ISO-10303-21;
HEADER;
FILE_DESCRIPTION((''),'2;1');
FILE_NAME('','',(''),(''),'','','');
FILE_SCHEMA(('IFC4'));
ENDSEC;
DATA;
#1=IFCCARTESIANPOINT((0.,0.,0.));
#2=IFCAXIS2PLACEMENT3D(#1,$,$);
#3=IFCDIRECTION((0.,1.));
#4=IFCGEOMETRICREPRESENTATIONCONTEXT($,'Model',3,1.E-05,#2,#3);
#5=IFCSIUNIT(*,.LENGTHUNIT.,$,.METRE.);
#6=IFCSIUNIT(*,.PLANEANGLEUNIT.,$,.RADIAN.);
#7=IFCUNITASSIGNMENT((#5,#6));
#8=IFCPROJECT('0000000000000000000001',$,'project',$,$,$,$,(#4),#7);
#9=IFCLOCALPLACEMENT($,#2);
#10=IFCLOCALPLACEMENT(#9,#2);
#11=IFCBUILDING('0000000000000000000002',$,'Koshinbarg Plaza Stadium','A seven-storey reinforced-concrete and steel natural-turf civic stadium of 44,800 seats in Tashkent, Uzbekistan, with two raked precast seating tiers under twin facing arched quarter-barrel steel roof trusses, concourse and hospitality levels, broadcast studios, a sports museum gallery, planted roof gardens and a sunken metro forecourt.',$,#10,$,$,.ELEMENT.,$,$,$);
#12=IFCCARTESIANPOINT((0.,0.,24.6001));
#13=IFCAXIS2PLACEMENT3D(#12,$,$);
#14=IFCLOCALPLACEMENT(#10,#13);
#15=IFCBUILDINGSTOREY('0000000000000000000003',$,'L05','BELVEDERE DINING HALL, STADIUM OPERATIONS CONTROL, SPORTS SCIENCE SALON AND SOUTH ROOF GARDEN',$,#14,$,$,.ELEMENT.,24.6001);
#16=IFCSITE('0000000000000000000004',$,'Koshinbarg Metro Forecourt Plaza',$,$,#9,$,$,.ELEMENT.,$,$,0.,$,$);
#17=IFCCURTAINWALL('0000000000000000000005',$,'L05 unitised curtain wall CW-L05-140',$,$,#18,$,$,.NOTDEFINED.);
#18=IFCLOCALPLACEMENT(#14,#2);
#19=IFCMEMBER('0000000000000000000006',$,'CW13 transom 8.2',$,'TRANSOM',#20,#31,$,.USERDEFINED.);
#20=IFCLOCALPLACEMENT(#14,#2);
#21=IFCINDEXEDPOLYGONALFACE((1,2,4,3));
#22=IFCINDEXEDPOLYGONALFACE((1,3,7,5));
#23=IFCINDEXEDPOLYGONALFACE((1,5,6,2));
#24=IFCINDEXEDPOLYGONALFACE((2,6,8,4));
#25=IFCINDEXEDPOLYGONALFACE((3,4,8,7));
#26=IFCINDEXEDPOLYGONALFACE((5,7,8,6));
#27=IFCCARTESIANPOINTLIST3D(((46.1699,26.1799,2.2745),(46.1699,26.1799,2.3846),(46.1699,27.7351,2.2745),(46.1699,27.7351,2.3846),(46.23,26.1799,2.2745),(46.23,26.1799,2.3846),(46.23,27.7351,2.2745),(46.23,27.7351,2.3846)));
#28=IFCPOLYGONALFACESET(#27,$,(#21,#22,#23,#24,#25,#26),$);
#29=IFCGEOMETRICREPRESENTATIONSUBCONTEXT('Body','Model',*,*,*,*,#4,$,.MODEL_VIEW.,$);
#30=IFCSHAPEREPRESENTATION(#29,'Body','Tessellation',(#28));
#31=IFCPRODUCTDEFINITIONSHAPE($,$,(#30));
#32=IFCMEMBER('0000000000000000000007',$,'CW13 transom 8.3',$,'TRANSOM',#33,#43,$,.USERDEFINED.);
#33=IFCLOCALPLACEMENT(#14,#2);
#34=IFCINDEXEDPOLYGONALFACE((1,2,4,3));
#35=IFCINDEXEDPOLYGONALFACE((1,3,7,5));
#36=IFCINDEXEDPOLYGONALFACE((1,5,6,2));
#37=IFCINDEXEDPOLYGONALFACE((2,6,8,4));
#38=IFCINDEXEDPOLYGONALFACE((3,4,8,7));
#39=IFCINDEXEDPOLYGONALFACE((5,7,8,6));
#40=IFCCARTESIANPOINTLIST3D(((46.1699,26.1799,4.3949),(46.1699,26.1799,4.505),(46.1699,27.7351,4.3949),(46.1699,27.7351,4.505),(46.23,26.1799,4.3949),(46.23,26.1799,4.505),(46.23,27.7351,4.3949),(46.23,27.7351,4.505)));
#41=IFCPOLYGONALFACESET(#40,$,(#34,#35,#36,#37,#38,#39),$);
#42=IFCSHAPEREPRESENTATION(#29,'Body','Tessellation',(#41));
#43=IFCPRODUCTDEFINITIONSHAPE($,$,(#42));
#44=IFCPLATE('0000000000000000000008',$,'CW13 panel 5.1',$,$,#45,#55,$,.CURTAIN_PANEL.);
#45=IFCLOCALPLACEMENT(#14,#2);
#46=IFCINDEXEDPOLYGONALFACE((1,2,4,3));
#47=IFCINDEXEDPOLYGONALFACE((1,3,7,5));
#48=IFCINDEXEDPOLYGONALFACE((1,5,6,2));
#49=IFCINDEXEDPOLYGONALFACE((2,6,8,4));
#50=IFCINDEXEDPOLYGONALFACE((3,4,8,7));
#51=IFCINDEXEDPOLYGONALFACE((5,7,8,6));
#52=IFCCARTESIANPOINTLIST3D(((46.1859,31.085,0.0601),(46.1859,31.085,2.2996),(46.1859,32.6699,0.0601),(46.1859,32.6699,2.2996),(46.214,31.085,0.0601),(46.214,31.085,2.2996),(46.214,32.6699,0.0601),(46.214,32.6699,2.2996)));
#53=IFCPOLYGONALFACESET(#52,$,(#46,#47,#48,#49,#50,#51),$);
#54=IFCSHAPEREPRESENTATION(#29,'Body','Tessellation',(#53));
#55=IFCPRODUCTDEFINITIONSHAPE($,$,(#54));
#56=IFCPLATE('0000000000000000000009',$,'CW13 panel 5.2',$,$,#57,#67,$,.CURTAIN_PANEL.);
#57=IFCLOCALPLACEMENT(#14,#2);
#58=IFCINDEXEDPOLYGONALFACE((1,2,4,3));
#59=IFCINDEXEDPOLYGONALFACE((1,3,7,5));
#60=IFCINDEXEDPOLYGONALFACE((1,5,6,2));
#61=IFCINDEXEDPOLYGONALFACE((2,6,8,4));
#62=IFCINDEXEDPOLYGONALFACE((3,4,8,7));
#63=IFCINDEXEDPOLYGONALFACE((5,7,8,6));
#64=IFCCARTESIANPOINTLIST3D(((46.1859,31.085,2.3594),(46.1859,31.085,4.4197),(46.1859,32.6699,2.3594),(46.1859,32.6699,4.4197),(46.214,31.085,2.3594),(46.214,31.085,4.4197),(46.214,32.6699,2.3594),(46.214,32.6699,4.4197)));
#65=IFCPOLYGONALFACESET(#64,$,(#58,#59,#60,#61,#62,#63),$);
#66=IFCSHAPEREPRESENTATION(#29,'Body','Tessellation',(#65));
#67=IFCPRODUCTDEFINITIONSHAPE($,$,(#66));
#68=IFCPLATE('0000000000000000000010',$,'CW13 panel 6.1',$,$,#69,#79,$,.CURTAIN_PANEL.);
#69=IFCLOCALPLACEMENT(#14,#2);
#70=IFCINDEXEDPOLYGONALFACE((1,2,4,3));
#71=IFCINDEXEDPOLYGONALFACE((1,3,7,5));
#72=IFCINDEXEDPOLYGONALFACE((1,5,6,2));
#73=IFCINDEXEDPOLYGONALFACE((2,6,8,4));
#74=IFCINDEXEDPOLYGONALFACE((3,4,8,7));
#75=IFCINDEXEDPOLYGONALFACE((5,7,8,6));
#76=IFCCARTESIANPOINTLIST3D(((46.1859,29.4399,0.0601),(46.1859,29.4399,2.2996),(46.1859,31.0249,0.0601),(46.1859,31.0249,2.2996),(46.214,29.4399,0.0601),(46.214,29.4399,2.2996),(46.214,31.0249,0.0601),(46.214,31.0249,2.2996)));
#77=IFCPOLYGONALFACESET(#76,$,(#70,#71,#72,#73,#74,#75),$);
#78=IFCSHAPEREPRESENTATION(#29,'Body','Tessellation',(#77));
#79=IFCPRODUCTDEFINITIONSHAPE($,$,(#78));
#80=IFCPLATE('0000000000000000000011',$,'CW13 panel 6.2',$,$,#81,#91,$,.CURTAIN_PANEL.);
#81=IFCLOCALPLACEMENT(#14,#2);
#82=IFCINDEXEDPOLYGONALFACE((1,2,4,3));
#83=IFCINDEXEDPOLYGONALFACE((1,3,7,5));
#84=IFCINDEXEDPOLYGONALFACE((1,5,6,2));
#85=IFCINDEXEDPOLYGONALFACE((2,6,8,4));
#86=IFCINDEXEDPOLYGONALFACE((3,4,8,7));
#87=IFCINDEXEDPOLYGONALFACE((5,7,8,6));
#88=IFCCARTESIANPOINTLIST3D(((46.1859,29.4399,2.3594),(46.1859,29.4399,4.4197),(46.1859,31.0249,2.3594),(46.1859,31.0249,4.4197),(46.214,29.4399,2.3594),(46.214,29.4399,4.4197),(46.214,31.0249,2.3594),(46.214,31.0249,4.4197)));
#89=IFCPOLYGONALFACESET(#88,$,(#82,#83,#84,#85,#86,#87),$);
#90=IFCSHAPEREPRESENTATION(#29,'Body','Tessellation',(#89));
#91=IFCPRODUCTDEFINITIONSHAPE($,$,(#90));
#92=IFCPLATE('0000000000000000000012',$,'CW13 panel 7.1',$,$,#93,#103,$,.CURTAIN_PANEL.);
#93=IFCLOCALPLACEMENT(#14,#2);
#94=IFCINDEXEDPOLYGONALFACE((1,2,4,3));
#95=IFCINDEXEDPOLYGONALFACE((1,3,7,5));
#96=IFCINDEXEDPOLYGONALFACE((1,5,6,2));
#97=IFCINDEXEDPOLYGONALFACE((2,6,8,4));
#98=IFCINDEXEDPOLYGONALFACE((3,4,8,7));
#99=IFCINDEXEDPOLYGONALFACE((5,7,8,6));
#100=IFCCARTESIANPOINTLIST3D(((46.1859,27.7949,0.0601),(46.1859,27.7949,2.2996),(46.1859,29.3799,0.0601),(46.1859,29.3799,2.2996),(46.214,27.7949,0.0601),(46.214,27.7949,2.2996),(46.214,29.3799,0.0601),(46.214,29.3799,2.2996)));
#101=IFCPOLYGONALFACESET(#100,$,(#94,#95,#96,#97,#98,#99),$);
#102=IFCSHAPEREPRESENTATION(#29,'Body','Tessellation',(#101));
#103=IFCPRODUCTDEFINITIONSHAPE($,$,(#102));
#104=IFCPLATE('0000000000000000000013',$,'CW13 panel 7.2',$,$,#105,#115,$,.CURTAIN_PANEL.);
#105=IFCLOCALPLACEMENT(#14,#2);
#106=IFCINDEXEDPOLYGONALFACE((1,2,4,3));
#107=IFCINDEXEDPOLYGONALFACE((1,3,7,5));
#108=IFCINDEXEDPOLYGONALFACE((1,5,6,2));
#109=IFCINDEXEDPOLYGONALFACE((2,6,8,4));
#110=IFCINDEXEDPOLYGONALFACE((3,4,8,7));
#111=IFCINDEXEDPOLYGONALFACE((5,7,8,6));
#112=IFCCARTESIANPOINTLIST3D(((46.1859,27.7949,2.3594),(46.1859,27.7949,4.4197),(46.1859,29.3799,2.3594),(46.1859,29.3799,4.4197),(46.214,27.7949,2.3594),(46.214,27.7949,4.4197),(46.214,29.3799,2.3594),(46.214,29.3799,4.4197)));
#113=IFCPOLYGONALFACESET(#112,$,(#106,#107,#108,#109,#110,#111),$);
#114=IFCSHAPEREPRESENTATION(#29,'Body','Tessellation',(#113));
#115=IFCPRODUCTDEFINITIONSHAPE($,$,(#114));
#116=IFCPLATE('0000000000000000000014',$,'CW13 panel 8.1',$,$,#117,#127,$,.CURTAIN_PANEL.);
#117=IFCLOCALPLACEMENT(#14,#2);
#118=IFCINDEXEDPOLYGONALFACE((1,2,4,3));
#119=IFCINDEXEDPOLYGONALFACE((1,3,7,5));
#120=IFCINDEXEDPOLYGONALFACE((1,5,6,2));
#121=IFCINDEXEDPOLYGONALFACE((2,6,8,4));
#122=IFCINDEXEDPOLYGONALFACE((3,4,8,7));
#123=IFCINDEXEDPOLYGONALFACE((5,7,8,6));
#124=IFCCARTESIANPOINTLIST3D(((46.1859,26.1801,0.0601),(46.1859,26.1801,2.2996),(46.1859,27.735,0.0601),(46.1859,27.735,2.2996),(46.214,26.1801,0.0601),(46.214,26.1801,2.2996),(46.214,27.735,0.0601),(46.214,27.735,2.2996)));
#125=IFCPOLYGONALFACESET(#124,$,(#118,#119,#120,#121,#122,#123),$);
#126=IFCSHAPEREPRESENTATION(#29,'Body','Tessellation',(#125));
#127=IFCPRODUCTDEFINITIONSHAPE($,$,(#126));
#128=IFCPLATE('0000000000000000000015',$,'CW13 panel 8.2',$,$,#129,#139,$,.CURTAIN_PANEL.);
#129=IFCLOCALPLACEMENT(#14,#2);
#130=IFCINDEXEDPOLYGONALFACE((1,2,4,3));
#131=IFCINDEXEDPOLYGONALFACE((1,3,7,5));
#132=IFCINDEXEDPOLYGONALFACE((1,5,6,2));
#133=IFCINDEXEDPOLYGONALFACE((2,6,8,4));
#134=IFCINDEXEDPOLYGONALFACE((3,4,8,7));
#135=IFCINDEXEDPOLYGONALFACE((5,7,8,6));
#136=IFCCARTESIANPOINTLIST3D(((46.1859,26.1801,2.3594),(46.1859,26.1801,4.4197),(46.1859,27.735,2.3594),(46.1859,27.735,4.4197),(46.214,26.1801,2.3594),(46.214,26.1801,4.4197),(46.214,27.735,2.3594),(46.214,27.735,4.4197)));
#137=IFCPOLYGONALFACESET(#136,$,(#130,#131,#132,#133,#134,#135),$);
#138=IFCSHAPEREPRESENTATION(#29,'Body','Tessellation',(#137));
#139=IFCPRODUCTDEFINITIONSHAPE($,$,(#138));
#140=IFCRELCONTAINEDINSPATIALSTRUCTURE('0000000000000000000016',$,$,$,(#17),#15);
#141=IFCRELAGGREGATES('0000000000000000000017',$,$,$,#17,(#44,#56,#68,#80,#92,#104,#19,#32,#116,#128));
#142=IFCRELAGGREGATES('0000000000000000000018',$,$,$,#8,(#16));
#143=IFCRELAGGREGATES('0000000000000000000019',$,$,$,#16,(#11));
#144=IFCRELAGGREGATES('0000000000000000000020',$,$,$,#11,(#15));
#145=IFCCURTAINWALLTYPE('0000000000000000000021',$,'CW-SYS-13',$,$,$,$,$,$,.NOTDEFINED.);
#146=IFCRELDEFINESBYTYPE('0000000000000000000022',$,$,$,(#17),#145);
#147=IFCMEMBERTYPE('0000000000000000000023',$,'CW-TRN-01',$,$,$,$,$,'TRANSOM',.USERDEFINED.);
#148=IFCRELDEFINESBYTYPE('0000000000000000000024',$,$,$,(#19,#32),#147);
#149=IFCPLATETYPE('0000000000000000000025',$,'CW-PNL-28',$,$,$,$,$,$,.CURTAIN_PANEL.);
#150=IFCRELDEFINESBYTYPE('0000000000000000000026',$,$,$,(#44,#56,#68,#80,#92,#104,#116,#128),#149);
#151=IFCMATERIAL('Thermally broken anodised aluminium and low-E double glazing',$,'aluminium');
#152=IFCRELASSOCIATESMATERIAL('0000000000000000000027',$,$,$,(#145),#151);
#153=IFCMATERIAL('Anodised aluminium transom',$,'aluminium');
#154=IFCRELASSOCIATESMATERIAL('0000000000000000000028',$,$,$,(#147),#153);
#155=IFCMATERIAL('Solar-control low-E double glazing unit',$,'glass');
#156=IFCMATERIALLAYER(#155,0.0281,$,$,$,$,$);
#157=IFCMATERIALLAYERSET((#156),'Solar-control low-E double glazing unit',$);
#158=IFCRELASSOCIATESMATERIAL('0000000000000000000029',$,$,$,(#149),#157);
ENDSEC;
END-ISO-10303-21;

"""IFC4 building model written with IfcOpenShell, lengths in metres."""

from ifc_helpers import new_model, si_unit, direction, frame, origin, origin_2d, place, context, subcontext, project, spatial, rectangle, extrude, material, layer, layer_set, material_profile, profile_set, type_object, element, aggregate, save


model = new_model("IFC4")

# Units and contexts
model_context = context("Model", 3, precision=1e-05, world=origin(), true_north=direction((0.0, 1.0)))
body_context = subcontext(model_context, "Body", "Model", "MODEL_VIEW")
ifc_project = project(units=[si_unit("LENGTHUNIT", "METRE"), si_unit("PLANEANGLEUNIT", "RADIAN")], contexts=[model_context])

# Site, building, storey
site_placement = place(None, origin())
site = spatial("IfcSite", under=ifc_project, at=site_placement, Name="Koshinbarg Metro Forecourt Plaza", CompositionType="ELEMENT", RefElevation=0.0)
building_placement = place(site_placement, origin())
building = spatial("IfcBuilding", under=site, at=building_placement, Name="Koshinbarg Plaza Stadium", Description="A seven-storey reinforced-concrete and steel natural-turf civic stadium of 44,800 seats in Tashkent, Uzbekistan, with two raked precast seating tiers under twin facing arched quarter-barrel steel roof trusses, concourse and hospitality levels, broadcast studios, a sports museum gallery, planted roof gardens and a sunken metro forecourt.", CompositionType="ELEMENT")
storey_placement = place(building_placement, frame((0.0, 0.0, 24.6001)))
storey = spatial("IfcBuildingStorey", under=building, at=storey_placement, Name="L05", Description="BELVEDERE DINING HALL, STADIUM OPERATIONS CONTROL, SPORTS SCIENCE SALON AND SOUTH ROOF GARDEN", CompositionType="ELEMENT", Elevation=24.6001)

# Curtain wall, members, plates
ifc_material_1 = material(Name="Thermally broken anodised aluminium and low-E double glazing", Category="aluminium")
curtain_wall_type = type_object("IfcCurtainWallType", Name="CW-SYS-13", PredefinedType="NOTDEFINED", material=ifc_material_1)
curtain_wall_placement = place(storey_placement, origin())
curtain_wall = element("IfcCurtainWall", 1, at=curtain_wall_placement, inside=storey, type_object=curtain_wall_type, Name="L05 unitised curtain wall CW-L05-140", PredefinedType="NOTDEFINED")
ifc_material_2 = material(Name="Anodised aluminium transom", Category="aluminium")
ifc_material_profile_1 = material_profile(ifc_material_2, rectangle(XDim=0.0601, YDim=0.1101, at=origin_2d()), Name="ALU 60x110")
ifc_profile_set_1 = profile_set([ifc_material_profile_1], Name="Anodised aluminium transom")
member_type = type_object("IfcMemberType", Name="CW-TRN-01", ElementType="TRANSOM", PredefinedType="USERDEFINED", material=ifc_profile_set_1)
member_1_placement = place(storey_placement, frame((46.2, 27.7351, 2.3296), z_axis=(0.0, -1.0, 0.0), x_axis=(1.0, 0.0, 0.0)))
member_1 = element("IfcMember", 2, at=member_1_placement, type_object=member_type, Name="CW13 transom 8.2", ObjectType="TRANSOM", PredefinedType="USERDEFINED", context=body_context, shape_type="SweptSolid", body=[
    extrude(rectangle(XDim=0.0601, YDim=0.1101, at=origin_2d()), origin(), (0.0, 0.0, 1.0), 1.5552),
])
member_2_placement = place(storey_placement, frame((46.2, 27.7351, 4.45), z_axis=(0.0, -1.0, 0.0), x_axis=(1.0, 0.0, 0.0)))
member_2 = element("IfcMember", 3, at=member_2_placement, type_object=member_type, Name="CW13 transom 8.3", ObjectType="TRANSOM", PredefinedType="USERDEFINED", context=body_context, shape_type="SweptSolid", body=[
    extrude(rectangle(XDim=0.0601, YDim=0.1101, at=origin_2d()), origin(), (0.0, 0.0, 1.0), 1.5552),
])
ifc_material_3 = material(Name="Solar-control low-E double glazing unit", Category="glass")
ifc_layer = layer(ifc_material_3, 0.0281)
ifc_layer_set = layer_set([ifc_layer], Name="Solar-control low-E double glazing unit")
plate_type = type_object("IfcPlateType", Name="CW-PNL-28", PredefinedType="CURTAIN_PANEL", material=ifc_layer_set)
plate_1_placement = place(storey_placement, frame((46.2, 31.8774, 0.0601), z_axis=(0.0, 0.0, 1.0), x_axis=(0.0, -1.0, 0.0)))
plate_1 = element("IfcPlate", 4, at=plate_1_placement, type_object=plate_type, Name="CW13 panel 5.1", PredefinedType="CURTAIN_PANEL", context=body_context, shape_type="SweptSolid", body=[
    extrude(rectangle(XDim=1.585, YDim=0.0281, at=origin_2d()), origin(), (0.0, 0.0, 1.0), 2.2395),
])
plate_2_placement = place(storey_placement, frame((46.2, 31.8774, 2.3594), z_axis=(0.0, 0.0, 1.0), x_axis=(0.0, -1.0, 0.0)))
plate_2 = element("IfcPlate", 5, at=plate_2_placement, type_object=plate_type, Name="CW13 panel 5.2", PredefinedType="CURTAIN_PANEL", context=body_context, shape_type="SweptSolid", body=[
    extrude(rectangle(XDim=1.585, YDim=0.0281, at=origin_2d()), origin(), (0.0, 0.0, 1.0), 2.0603),
])
plate_3_placement = place(storey_placement, frame((46.2, 30.2324, 0.0601), z_axis=(0.0, 0.0, 1.0), x_axis=(0.0, -1.0, 0.0)))
plate_3 = element("IfcPlate", 6, at=plate_3_placement, type_object=plate_type, Name="CW13 panel 6.1", PredefinedType="CURTAIN_PANEL", context=body_context, shape_type="SweptSolid", body=[
    extrude(rectangle(XDim=1.585, YDim=0.0281, at=origin_2d()), origin(), (0.0, 0.0, 1.0), 2.2395),
])
plate_4_placement = place(storey_placement, frame((46.2, 30.2324, 2.3594), z_axis=(0.0, 0.0, 1.0), x_axis=(0.0, -1.0, 0.0)))
plate_4 = element("IfcPlate", 7, at=plate_4_placement, type_object=plate_type, Name="CW13 panel 6.2", PredefinedType="CURTAIN_PANEL", context=body_context, shape_type="SweptSolid", body=[
    extrude(rectangle(XDim=1.585, YDim=0.0281, at=origin_2d()), origin(), (0.0, 0.0, 1.0), 2.0603),
])
plate_5_placement = place(storey_placement, frame((46.2, 28.5874, 0.0601), z_axis=(0.0, 0.0, 1.0), x_axis=(0.0, -1.0, 0.0)))
plate_5 = element("IfcPlate", 8, at=plate_5_placement, type_object=plate_type, Name="CW13 panel 7.1", PredefinedType="CURTAIN_PANEL", context=body_context, shape_type="SweptSolid", body=[
    extrude(rectangle(XDim=1.585, YDim=0.0281, at=origin_2d()), origin(), (0.0, 0.0, 1.0), 2.2395),
])
plate_6_placement = place(storey_placement, frame((46.2, 28.5874, 2.3594), z_axis=(0.0, 0.0, 1.0), x_axis=(0.0, -1.0, 0.0)))
plate_6 = element("IfcPlate", 9, at=plate_6_placement, type_object=plate_type, Name="CW13 panel 7.2", PredefinedType="CURTAIN_PANEL", context=body_context, shape_type="SweptSolid", body=[
    extrude(rectangle(XDim=1.585, YDim=0.0281, at=origin_2d()), origin(), (0.0, 0.0, 1.0), 2.0603),
])
plate_7_placement = place(storey_placement, frame((46.2, 26.9575, 0.0601), z_axis=(0.0, 0.0, 1.0), x_axis=(0.0, -1.0, 0.0)))
plate_7 = element("IfcPlate", 10, at=plate_7_placement, type_object=plate_type, Name="CW13 panel 8.1", PredefinedType="CURTAIN_PANEL", context=body_context, shape_type="SweptSolid", body=[
    extrude(rectangle(XDim=1.5549, YDim=0.0281, at=origin_2d()), origin(), (0.0, 0.0, 1.0), 2.2395),
])
plate_8_placement = place(storey_placement, frame((46.2, 26.9575, 2.3594), z_axis=(0.0, 0.0, 1.0), x_axis=(0.0, -1.0, 0.0)))
plate_8 = element("IfcPlate", 11, at=plate_8_placement, type_object=plate_type, Name="CW13 panel 8.2", PredefinedType="CURTAIN_PANEL", context=body_context, shape_type="SweptSolid", body=[
    extrude(rectangle(XDim=1.5549, YDim=0.0281, at=origin_2d()), origin(), (0.0, 0.0, 1.0), 2.0603),
])
aggregate(curtain_wall, [plate_1, plate_2, plate_3, plate_4, plate_5, plate_6, member_1, member_2, plate_7, plate_8])

save(model, "model.ifc")
